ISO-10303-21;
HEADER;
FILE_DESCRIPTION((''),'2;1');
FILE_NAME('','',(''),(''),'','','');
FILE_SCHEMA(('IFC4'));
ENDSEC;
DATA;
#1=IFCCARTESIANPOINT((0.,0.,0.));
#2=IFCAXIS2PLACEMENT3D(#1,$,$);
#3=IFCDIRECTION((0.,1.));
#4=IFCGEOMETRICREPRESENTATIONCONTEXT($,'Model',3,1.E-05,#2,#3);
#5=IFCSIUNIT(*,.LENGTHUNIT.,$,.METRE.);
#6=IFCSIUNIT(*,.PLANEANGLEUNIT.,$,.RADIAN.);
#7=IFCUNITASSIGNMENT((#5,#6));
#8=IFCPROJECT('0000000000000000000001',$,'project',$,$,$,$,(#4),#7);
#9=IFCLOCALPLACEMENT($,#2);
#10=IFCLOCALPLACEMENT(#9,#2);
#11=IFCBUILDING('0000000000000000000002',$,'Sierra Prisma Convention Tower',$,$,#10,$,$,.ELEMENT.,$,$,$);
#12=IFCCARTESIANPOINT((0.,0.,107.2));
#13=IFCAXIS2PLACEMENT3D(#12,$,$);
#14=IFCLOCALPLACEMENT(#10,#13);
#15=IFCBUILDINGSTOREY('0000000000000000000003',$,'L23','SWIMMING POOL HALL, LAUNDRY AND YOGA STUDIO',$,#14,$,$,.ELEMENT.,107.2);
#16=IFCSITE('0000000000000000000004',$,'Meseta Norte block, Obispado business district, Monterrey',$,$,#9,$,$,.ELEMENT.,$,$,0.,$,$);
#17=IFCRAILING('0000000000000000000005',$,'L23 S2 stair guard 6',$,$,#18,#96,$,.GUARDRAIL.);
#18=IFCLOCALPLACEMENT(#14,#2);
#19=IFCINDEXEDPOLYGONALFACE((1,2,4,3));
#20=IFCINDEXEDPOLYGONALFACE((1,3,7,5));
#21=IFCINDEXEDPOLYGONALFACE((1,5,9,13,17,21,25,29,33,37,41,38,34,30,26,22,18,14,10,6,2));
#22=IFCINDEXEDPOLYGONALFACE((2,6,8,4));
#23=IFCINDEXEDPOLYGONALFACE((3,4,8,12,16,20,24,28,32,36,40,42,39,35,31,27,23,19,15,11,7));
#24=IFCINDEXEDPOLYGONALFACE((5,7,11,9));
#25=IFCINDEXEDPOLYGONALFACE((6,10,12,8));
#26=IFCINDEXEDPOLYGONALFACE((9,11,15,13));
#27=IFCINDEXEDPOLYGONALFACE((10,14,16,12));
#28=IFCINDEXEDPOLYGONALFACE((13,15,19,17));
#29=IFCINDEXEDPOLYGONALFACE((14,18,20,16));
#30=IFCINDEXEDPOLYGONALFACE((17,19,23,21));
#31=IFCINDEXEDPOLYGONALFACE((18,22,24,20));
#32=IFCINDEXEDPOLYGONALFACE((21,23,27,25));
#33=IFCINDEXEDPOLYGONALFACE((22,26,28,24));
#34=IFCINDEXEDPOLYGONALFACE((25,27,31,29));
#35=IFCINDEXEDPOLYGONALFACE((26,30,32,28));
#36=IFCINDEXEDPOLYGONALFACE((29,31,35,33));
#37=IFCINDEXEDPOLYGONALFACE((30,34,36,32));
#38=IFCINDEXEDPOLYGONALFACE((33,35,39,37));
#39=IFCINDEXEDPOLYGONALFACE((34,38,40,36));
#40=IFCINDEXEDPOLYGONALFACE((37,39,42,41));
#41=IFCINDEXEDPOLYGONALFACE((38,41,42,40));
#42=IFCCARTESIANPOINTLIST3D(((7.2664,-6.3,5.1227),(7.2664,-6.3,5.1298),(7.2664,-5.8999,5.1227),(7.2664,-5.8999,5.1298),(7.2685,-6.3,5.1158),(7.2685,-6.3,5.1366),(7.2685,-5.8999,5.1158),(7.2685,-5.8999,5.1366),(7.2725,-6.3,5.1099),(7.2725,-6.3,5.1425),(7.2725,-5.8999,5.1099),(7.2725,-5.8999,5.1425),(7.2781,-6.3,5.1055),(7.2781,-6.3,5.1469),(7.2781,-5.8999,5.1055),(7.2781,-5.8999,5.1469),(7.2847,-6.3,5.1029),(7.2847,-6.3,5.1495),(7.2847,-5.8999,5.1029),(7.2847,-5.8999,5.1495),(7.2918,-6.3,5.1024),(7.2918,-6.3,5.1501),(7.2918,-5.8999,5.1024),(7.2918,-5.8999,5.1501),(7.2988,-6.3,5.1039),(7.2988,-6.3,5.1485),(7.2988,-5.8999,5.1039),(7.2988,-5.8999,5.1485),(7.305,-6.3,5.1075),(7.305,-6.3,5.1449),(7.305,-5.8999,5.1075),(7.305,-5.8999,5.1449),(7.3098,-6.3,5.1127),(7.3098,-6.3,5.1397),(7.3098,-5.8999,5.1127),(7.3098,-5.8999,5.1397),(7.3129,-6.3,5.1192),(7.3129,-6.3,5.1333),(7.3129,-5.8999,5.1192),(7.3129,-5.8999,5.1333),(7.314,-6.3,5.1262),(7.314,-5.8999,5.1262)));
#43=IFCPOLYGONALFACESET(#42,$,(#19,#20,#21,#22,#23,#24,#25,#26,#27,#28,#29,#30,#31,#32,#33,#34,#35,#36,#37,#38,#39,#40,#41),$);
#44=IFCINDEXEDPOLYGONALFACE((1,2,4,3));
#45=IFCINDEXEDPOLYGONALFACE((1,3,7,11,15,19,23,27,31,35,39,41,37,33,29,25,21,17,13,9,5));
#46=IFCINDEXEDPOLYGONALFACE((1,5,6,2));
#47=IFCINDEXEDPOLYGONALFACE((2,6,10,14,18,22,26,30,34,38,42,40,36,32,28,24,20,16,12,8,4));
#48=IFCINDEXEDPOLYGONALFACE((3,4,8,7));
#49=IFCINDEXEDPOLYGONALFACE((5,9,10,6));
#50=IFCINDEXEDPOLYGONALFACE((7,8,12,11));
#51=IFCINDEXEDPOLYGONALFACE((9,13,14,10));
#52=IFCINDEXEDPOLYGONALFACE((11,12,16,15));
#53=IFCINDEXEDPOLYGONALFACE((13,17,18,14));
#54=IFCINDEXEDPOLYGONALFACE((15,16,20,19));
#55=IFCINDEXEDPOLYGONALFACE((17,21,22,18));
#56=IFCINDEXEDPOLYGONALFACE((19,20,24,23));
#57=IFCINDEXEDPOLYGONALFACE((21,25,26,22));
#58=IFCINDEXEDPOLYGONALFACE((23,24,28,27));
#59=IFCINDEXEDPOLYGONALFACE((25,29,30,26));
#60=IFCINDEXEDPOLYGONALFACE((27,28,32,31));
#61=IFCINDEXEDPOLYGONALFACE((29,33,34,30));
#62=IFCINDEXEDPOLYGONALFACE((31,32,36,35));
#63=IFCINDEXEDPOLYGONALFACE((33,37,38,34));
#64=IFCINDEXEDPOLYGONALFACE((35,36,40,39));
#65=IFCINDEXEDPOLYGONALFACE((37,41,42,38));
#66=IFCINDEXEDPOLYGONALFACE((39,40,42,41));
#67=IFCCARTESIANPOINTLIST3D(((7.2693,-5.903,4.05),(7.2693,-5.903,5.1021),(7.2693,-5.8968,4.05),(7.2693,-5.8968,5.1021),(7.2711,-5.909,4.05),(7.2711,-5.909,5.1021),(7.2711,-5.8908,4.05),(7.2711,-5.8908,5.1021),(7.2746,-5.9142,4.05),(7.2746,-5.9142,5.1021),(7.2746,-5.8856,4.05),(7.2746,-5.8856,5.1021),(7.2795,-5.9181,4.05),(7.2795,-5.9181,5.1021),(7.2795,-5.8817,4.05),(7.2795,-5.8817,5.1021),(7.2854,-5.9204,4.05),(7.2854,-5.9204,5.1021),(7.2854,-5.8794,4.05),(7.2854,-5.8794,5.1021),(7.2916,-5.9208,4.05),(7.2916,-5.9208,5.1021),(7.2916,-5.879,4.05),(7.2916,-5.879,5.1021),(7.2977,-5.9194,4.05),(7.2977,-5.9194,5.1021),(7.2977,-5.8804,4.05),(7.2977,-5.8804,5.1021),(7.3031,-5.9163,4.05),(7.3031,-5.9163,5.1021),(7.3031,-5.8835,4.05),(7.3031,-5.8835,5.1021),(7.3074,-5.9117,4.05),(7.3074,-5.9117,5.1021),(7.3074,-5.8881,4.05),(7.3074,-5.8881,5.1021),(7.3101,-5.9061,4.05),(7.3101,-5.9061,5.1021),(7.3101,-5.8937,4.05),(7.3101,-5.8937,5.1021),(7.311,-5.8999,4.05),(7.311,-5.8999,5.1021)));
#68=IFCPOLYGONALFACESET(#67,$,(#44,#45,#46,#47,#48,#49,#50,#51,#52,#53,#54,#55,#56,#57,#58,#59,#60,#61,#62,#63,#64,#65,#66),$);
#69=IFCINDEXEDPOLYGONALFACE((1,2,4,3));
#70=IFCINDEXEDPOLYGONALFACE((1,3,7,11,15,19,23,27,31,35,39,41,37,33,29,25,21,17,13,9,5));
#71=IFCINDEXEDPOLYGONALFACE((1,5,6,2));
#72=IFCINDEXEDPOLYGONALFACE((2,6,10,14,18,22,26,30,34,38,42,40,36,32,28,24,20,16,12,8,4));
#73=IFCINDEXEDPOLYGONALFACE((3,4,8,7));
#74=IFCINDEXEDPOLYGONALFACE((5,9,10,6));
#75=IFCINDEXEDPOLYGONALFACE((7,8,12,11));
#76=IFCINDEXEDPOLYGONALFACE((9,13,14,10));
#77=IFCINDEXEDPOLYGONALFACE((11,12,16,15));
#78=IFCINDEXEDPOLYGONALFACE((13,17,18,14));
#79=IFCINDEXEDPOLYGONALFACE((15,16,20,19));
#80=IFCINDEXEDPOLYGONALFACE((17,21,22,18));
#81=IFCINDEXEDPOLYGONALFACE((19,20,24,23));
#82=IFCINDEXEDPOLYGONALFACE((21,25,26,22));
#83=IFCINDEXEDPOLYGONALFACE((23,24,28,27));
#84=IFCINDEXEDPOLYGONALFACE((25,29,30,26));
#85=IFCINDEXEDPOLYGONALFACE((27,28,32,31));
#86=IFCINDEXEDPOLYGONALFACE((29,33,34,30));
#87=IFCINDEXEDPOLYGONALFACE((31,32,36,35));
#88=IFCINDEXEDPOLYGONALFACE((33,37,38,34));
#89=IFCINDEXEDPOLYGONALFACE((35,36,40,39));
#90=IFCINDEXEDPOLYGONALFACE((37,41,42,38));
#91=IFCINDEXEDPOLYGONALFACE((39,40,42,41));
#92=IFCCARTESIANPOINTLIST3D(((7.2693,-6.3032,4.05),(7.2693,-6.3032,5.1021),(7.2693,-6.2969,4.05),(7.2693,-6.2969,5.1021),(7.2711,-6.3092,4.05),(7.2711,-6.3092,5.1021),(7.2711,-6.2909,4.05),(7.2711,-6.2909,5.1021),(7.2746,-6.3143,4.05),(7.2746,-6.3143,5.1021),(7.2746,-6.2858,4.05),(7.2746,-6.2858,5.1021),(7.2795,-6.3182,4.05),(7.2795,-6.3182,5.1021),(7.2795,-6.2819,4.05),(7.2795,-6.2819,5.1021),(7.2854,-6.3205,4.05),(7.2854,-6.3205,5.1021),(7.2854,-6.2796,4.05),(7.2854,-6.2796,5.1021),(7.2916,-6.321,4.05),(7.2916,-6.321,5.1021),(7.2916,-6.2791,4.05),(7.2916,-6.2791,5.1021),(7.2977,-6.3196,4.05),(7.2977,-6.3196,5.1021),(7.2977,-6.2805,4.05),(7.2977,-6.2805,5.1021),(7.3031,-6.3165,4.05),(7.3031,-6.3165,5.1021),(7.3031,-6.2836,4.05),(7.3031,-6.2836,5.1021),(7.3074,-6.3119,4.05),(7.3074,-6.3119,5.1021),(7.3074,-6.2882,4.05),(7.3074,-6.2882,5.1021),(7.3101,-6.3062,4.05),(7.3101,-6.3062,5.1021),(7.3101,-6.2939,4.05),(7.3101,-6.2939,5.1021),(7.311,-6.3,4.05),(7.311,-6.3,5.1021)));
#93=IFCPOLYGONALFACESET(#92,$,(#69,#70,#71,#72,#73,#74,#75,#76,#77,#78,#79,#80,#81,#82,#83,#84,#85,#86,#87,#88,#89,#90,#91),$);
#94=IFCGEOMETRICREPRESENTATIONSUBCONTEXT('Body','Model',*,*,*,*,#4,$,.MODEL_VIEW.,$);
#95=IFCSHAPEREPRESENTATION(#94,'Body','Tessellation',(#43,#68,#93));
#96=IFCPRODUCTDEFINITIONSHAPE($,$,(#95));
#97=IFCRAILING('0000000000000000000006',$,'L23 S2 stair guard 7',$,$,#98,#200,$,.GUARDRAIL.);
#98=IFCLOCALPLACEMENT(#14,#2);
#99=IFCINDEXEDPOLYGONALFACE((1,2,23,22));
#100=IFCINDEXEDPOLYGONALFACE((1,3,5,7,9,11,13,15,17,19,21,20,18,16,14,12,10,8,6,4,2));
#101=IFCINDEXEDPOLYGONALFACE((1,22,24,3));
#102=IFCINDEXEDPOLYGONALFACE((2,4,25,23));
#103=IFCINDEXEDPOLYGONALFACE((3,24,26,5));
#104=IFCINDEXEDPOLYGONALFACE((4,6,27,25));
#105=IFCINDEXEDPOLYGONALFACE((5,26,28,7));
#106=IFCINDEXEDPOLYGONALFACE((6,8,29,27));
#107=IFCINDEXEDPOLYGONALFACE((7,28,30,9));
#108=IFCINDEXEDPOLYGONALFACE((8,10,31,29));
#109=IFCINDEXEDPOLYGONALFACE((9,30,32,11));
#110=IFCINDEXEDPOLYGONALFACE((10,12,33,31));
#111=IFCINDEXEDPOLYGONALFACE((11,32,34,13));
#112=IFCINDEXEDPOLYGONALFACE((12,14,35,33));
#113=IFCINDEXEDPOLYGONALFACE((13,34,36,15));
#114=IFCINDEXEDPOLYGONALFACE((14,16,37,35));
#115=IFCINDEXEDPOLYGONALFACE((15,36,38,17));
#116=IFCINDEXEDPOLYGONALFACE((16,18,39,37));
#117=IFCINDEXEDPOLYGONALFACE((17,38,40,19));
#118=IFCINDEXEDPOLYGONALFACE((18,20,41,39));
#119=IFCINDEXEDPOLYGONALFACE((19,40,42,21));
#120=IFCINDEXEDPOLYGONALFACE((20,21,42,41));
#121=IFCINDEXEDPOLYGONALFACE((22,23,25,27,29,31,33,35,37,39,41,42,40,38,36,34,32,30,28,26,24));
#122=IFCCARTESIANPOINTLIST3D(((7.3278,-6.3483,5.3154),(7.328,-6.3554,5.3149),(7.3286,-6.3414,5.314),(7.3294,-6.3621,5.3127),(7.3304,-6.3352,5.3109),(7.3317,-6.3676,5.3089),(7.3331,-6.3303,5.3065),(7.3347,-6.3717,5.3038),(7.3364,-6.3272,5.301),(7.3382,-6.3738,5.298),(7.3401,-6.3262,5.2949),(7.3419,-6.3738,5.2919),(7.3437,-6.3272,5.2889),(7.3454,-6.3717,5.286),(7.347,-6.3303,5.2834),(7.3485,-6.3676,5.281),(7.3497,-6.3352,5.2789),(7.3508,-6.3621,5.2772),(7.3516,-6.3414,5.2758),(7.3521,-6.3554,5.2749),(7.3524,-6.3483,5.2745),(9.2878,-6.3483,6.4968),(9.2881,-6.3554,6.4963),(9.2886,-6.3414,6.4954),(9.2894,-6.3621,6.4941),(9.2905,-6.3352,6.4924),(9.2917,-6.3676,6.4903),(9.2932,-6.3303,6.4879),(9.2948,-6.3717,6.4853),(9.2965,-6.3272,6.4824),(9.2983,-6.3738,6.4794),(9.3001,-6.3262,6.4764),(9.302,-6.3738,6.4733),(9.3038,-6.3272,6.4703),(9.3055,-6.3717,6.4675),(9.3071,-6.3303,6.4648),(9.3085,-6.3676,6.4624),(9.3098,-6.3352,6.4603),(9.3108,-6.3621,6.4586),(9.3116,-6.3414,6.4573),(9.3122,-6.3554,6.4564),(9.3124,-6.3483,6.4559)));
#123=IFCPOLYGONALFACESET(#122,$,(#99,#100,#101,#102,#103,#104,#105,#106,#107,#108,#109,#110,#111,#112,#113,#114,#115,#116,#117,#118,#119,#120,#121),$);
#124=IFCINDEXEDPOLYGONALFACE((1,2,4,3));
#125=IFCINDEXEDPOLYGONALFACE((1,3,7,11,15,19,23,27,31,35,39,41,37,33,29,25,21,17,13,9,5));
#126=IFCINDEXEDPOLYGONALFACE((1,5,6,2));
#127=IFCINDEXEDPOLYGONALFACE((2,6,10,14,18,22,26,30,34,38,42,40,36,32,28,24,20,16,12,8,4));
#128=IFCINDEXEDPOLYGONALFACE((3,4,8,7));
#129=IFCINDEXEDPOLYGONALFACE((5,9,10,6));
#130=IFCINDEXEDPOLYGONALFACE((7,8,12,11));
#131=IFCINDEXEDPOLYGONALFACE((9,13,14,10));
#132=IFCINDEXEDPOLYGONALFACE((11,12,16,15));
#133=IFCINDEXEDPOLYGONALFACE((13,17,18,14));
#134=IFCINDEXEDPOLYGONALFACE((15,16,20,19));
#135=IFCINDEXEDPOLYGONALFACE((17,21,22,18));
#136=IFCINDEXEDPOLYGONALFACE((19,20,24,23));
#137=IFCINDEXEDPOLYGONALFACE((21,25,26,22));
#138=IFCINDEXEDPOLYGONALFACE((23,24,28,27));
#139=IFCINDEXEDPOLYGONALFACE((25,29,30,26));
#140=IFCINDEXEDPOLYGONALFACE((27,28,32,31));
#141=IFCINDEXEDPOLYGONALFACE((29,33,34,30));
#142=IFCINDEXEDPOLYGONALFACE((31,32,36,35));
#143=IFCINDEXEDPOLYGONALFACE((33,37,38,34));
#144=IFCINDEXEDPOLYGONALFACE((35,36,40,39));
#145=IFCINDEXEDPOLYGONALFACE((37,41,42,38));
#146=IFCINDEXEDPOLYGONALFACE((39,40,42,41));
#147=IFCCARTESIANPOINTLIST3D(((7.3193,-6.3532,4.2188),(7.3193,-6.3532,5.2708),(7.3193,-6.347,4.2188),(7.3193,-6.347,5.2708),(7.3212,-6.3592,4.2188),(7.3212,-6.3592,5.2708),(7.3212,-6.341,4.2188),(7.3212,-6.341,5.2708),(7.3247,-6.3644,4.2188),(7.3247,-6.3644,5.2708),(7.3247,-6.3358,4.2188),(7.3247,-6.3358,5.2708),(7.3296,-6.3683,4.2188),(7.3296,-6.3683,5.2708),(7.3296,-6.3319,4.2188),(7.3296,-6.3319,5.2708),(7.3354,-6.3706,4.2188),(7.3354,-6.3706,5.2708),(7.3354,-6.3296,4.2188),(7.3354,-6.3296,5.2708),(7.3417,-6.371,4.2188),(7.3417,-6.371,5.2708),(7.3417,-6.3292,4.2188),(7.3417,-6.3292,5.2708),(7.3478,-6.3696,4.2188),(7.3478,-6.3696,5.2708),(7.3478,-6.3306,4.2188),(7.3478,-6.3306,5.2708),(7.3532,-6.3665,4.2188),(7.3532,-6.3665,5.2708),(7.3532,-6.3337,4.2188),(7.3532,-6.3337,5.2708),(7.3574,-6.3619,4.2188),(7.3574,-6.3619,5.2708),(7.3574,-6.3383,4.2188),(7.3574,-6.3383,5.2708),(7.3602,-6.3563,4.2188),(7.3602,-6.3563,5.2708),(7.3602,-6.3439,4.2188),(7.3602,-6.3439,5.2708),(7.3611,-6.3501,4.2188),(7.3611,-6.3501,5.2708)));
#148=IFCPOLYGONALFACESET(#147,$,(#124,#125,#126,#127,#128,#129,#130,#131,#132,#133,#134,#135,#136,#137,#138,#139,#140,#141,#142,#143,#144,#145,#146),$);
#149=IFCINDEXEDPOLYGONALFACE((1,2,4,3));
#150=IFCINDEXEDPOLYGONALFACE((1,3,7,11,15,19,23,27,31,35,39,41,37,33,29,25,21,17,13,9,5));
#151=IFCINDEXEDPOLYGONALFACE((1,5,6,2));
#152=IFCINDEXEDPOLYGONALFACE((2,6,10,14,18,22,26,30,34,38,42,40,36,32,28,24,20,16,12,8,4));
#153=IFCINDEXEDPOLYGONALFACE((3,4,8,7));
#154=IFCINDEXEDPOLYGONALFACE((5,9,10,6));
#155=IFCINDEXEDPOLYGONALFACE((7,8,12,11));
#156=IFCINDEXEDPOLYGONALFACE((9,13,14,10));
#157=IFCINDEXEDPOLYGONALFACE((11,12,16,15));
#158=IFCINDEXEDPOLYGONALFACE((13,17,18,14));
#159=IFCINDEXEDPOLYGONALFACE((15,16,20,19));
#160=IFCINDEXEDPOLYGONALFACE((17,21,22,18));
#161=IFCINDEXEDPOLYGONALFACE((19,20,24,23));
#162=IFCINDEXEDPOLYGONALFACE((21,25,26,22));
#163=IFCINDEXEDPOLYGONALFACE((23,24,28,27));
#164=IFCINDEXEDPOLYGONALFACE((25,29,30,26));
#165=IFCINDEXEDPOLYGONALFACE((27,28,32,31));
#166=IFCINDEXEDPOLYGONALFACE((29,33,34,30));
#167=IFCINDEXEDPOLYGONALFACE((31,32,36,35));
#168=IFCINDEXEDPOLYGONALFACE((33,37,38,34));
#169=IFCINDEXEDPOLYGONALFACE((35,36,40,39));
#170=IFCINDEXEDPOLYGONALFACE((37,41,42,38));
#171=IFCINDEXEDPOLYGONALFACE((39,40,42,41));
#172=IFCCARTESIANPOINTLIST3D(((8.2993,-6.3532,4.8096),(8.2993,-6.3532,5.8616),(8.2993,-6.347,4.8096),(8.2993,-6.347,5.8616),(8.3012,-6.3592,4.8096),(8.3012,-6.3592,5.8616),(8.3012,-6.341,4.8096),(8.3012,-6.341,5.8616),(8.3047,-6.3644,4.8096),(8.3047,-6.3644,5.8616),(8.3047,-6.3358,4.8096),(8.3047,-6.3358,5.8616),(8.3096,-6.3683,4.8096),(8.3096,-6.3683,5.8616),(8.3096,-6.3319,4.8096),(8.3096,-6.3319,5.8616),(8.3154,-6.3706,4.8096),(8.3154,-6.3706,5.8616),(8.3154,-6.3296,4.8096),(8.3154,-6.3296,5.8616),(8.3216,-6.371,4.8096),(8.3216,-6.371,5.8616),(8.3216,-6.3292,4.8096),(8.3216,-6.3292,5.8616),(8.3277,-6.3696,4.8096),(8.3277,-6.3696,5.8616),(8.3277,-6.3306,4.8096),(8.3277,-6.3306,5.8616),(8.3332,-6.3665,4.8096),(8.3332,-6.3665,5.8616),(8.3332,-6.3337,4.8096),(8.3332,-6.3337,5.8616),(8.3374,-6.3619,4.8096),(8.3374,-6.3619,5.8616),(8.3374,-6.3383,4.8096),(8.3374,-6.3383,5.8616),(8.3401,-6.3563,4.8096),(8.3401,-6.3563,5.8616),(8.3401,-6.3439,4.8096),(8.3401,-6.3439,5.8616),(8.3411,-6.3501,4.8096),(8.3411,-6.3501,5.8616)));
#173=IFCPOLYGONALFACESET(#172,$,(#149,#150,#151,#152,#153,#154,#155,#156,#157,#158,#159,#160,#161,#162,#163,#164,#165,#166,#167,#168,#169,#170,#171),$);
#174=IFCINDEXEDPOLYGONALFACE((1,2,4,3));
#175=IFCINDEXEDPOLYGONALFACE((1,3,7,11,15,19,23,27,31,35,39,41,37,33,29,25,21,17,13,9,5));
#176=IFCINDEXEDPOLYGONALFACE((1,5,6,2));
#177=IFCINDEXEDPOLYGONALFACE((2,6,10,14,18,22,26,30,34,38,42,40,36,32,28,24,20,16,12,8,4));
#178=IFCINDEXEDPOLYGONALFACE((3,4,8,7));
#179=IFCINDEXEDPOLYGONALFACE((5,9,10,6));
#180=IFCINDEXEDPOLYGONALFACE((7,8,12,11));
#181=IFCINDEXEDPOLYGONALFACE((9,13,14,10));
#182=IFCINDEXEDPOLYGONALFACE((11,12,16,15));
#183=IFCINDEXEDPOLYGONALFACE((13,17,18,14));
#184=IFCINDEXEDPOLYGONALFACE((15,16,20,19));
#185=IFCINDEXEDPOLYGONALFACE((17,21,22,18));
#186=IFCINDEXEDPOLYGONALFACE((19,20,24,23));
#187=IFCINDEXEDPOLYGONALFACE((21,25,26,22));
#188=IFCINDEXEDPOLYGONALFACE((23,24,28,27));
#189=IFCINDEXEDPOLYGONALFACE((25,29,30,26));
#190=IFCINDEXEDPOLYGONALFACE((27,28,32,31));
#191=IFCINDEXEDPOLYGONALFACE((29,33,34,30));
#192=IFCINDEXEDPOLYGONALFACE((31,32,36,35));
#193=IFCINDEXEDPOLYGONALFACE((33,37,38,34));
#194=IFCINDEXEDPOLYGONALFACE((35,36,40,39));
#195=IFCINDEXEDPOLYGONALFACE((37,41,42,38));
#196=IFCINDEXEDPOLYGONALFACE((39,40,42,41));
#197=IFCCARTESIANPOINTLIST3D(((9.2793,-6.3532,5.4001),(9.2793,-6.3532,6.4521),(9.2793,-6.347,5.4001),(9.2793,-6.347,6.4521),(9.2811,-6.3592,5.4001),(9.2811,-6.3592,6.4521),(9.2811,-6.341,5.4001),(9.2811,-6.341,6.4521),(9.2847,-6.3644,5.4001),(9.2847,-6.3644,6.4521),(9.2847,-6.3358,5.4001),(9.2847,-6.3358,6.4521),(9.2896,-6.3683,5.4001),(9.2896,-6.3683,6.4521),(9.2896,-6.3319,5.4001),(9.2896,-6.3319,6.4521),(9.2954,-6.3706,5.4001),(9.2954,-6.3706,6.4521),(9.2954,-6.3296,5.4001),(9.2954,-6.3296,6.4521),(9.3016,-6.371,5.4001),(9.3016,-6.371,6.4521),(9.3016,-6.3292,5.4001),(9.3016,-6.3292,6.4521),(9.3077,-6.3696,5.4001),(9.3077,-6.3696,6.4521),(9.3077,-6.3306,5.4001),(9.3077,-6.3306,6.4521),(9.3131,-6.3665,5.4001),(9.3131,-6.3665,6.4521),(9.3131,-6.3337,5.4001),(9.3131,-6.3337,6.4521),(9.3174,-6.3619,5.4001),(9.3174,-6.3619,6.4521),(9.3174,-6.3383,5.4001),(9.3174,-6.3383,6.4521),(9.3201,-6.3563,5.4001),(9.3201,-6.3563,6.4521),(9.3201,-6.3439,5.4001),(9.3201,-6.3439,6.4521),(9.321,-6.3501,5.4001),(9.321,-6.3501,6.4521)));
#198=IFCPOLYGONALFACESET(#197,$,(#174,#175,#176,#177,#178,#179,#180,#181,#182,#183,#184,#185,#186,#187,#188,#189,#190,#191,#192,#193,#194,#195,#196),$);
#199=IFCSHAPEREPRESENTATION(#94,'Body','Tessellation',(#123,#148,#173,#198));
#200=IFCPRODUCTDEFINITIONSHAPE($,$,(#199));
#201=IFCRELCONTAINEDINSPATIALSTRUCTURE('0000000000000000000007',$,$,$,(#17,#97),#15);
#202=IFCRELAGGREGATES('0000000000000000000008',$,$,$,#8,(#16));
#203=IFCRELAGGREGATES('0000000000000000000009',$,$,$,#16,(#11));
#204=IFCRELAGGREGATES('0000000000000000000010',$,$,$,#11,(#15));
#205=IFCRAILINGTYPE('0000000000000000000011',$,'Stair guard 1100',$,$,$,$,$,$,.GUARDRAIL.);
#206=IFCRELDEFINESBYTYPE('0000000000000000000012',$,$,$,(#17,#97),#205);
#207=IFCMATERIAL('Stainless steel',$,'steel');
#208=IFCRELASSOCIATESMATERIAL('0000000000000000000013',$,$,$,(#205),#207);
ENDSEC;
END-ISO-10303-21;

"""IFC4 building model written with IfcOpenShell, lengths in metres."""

from ifc_helpers import new_model, si_unit, direction, frame, origin, origin_2d, place, context, subcontext, project, spatial, circle, extrude, material, type_object, element, save


model = new_model("IFC4")

# Units and contexts
model_context = context("Model", 3, precision=1e-05, world=origin(), true_north=direction((0.0, 1.0)))
body_context = subcontext(model_context, "Body", "Model", "MODEL_VIEW")
ifc_project = project(units=[si_unit("LENGTHUNIT", "METRE"), si_unit("PLANEANGLEUNIT", "RADIAN")], contexts=[model_context])

# Site, building, storey
site_placement = place(None, origin())
site = spatial("IfcSite", under=ifc_project, at=site_placement, Name="Meseta Norte block, Obispado business district, Monterrey", CompositionType="ELEMENT", RefElevation=0.0)
building_placement = place(site_placement, origin())
building = spatial("IfcBuilding", under=site, at=building_placement, Name="Sierra Prisma Convention Tower", CompositionType="ELEMENT")
storey_placement = place(building_placement, frame((0.0, 0.0, 107.2)))
storey = spatial("IfcBuildingStorey", under=building, at=storey_placement, Name="L23", Description="SWIMMING POOL HALL, LAUNDRY AND YOGA STUDIO", CompositionType="ELEMENT", Elevation=107.2)

# Railings
ifc_material_1 = material(Name="Stainless steel", Category="steel")
railing_type_1 = type_object("IfcRailingType", Name="Stair guard 1100", PredefinedType="GUARDRAIL", material=ifc_material_1)
for number, where, name in (
    (1, (7.29, -5.8999, 4.05), "L23 S2 stair guard 6"),
):
    element("IfcRailing", number, at=place(storey_placement, frame(where)), inside=storey, type_object=railing_type_1, Name=name, PredefinedType="GUARDRAIL", context=body_context, shape_type="SweptSolid", body=[
        extrude(circle(Radius=0.0239, at=origin_2d()), frame((0.0, 0.0, 1.0762), z_axis=(0.0, -1.0, 0.0), x_axis=(1.0, 0.0, 0.0)), (0.0, 0.0, 1.0), 0.4001),
        extrude(circle(Radius=0.021, at=origin_2d()), origin(), (0.0, 0.0, 1.0), 1.052),
        extrude(circle(Radius=0.021, at=origin_2d()), frame((0.0, -0.4001, 0.0)), (0.0, 0.0, 1.0), 1.052),
    ])
railing_1_placement = place(storey_placement, frame((7.3401, -6.3501, 4.2188)))
element("IfcRailing", 2, at=railing_1_placement, inside=storey, type_object=railing_type_1, Name="L23 S2 stair guard 7", PredefinedType="GUARDRAIL", context=body_context, shape_type="SweptSolid", body=[
    extrude(circle(Radius=0.0239, at=origin_2d()), frame((0.0, 0.0, 1.0762), z_axis=(0.856446, 0.0, 0.516236), x_axis=(0.0, 1.0, 0.0)), (0.0, 0.0, 1.0), 2.2886),
    extrude(circle(Radius=0.021, at=origin_2d()), origin(), (0.0, 0.0, 1.0), 1.052),
    extrude(circle(Radius=0.021, at=origin_2d()), frame((0.98, 0.0, 0.5908)), (0.0, 0.0, 1.0), 1.052),
    extrude(circle(Radius=0.021, at=origin_2d()), frame((1.96, 0.0, 1.1814)), (0.0, 0.0, 1.0), 1.052),
])

save(model, "model.ifc")
